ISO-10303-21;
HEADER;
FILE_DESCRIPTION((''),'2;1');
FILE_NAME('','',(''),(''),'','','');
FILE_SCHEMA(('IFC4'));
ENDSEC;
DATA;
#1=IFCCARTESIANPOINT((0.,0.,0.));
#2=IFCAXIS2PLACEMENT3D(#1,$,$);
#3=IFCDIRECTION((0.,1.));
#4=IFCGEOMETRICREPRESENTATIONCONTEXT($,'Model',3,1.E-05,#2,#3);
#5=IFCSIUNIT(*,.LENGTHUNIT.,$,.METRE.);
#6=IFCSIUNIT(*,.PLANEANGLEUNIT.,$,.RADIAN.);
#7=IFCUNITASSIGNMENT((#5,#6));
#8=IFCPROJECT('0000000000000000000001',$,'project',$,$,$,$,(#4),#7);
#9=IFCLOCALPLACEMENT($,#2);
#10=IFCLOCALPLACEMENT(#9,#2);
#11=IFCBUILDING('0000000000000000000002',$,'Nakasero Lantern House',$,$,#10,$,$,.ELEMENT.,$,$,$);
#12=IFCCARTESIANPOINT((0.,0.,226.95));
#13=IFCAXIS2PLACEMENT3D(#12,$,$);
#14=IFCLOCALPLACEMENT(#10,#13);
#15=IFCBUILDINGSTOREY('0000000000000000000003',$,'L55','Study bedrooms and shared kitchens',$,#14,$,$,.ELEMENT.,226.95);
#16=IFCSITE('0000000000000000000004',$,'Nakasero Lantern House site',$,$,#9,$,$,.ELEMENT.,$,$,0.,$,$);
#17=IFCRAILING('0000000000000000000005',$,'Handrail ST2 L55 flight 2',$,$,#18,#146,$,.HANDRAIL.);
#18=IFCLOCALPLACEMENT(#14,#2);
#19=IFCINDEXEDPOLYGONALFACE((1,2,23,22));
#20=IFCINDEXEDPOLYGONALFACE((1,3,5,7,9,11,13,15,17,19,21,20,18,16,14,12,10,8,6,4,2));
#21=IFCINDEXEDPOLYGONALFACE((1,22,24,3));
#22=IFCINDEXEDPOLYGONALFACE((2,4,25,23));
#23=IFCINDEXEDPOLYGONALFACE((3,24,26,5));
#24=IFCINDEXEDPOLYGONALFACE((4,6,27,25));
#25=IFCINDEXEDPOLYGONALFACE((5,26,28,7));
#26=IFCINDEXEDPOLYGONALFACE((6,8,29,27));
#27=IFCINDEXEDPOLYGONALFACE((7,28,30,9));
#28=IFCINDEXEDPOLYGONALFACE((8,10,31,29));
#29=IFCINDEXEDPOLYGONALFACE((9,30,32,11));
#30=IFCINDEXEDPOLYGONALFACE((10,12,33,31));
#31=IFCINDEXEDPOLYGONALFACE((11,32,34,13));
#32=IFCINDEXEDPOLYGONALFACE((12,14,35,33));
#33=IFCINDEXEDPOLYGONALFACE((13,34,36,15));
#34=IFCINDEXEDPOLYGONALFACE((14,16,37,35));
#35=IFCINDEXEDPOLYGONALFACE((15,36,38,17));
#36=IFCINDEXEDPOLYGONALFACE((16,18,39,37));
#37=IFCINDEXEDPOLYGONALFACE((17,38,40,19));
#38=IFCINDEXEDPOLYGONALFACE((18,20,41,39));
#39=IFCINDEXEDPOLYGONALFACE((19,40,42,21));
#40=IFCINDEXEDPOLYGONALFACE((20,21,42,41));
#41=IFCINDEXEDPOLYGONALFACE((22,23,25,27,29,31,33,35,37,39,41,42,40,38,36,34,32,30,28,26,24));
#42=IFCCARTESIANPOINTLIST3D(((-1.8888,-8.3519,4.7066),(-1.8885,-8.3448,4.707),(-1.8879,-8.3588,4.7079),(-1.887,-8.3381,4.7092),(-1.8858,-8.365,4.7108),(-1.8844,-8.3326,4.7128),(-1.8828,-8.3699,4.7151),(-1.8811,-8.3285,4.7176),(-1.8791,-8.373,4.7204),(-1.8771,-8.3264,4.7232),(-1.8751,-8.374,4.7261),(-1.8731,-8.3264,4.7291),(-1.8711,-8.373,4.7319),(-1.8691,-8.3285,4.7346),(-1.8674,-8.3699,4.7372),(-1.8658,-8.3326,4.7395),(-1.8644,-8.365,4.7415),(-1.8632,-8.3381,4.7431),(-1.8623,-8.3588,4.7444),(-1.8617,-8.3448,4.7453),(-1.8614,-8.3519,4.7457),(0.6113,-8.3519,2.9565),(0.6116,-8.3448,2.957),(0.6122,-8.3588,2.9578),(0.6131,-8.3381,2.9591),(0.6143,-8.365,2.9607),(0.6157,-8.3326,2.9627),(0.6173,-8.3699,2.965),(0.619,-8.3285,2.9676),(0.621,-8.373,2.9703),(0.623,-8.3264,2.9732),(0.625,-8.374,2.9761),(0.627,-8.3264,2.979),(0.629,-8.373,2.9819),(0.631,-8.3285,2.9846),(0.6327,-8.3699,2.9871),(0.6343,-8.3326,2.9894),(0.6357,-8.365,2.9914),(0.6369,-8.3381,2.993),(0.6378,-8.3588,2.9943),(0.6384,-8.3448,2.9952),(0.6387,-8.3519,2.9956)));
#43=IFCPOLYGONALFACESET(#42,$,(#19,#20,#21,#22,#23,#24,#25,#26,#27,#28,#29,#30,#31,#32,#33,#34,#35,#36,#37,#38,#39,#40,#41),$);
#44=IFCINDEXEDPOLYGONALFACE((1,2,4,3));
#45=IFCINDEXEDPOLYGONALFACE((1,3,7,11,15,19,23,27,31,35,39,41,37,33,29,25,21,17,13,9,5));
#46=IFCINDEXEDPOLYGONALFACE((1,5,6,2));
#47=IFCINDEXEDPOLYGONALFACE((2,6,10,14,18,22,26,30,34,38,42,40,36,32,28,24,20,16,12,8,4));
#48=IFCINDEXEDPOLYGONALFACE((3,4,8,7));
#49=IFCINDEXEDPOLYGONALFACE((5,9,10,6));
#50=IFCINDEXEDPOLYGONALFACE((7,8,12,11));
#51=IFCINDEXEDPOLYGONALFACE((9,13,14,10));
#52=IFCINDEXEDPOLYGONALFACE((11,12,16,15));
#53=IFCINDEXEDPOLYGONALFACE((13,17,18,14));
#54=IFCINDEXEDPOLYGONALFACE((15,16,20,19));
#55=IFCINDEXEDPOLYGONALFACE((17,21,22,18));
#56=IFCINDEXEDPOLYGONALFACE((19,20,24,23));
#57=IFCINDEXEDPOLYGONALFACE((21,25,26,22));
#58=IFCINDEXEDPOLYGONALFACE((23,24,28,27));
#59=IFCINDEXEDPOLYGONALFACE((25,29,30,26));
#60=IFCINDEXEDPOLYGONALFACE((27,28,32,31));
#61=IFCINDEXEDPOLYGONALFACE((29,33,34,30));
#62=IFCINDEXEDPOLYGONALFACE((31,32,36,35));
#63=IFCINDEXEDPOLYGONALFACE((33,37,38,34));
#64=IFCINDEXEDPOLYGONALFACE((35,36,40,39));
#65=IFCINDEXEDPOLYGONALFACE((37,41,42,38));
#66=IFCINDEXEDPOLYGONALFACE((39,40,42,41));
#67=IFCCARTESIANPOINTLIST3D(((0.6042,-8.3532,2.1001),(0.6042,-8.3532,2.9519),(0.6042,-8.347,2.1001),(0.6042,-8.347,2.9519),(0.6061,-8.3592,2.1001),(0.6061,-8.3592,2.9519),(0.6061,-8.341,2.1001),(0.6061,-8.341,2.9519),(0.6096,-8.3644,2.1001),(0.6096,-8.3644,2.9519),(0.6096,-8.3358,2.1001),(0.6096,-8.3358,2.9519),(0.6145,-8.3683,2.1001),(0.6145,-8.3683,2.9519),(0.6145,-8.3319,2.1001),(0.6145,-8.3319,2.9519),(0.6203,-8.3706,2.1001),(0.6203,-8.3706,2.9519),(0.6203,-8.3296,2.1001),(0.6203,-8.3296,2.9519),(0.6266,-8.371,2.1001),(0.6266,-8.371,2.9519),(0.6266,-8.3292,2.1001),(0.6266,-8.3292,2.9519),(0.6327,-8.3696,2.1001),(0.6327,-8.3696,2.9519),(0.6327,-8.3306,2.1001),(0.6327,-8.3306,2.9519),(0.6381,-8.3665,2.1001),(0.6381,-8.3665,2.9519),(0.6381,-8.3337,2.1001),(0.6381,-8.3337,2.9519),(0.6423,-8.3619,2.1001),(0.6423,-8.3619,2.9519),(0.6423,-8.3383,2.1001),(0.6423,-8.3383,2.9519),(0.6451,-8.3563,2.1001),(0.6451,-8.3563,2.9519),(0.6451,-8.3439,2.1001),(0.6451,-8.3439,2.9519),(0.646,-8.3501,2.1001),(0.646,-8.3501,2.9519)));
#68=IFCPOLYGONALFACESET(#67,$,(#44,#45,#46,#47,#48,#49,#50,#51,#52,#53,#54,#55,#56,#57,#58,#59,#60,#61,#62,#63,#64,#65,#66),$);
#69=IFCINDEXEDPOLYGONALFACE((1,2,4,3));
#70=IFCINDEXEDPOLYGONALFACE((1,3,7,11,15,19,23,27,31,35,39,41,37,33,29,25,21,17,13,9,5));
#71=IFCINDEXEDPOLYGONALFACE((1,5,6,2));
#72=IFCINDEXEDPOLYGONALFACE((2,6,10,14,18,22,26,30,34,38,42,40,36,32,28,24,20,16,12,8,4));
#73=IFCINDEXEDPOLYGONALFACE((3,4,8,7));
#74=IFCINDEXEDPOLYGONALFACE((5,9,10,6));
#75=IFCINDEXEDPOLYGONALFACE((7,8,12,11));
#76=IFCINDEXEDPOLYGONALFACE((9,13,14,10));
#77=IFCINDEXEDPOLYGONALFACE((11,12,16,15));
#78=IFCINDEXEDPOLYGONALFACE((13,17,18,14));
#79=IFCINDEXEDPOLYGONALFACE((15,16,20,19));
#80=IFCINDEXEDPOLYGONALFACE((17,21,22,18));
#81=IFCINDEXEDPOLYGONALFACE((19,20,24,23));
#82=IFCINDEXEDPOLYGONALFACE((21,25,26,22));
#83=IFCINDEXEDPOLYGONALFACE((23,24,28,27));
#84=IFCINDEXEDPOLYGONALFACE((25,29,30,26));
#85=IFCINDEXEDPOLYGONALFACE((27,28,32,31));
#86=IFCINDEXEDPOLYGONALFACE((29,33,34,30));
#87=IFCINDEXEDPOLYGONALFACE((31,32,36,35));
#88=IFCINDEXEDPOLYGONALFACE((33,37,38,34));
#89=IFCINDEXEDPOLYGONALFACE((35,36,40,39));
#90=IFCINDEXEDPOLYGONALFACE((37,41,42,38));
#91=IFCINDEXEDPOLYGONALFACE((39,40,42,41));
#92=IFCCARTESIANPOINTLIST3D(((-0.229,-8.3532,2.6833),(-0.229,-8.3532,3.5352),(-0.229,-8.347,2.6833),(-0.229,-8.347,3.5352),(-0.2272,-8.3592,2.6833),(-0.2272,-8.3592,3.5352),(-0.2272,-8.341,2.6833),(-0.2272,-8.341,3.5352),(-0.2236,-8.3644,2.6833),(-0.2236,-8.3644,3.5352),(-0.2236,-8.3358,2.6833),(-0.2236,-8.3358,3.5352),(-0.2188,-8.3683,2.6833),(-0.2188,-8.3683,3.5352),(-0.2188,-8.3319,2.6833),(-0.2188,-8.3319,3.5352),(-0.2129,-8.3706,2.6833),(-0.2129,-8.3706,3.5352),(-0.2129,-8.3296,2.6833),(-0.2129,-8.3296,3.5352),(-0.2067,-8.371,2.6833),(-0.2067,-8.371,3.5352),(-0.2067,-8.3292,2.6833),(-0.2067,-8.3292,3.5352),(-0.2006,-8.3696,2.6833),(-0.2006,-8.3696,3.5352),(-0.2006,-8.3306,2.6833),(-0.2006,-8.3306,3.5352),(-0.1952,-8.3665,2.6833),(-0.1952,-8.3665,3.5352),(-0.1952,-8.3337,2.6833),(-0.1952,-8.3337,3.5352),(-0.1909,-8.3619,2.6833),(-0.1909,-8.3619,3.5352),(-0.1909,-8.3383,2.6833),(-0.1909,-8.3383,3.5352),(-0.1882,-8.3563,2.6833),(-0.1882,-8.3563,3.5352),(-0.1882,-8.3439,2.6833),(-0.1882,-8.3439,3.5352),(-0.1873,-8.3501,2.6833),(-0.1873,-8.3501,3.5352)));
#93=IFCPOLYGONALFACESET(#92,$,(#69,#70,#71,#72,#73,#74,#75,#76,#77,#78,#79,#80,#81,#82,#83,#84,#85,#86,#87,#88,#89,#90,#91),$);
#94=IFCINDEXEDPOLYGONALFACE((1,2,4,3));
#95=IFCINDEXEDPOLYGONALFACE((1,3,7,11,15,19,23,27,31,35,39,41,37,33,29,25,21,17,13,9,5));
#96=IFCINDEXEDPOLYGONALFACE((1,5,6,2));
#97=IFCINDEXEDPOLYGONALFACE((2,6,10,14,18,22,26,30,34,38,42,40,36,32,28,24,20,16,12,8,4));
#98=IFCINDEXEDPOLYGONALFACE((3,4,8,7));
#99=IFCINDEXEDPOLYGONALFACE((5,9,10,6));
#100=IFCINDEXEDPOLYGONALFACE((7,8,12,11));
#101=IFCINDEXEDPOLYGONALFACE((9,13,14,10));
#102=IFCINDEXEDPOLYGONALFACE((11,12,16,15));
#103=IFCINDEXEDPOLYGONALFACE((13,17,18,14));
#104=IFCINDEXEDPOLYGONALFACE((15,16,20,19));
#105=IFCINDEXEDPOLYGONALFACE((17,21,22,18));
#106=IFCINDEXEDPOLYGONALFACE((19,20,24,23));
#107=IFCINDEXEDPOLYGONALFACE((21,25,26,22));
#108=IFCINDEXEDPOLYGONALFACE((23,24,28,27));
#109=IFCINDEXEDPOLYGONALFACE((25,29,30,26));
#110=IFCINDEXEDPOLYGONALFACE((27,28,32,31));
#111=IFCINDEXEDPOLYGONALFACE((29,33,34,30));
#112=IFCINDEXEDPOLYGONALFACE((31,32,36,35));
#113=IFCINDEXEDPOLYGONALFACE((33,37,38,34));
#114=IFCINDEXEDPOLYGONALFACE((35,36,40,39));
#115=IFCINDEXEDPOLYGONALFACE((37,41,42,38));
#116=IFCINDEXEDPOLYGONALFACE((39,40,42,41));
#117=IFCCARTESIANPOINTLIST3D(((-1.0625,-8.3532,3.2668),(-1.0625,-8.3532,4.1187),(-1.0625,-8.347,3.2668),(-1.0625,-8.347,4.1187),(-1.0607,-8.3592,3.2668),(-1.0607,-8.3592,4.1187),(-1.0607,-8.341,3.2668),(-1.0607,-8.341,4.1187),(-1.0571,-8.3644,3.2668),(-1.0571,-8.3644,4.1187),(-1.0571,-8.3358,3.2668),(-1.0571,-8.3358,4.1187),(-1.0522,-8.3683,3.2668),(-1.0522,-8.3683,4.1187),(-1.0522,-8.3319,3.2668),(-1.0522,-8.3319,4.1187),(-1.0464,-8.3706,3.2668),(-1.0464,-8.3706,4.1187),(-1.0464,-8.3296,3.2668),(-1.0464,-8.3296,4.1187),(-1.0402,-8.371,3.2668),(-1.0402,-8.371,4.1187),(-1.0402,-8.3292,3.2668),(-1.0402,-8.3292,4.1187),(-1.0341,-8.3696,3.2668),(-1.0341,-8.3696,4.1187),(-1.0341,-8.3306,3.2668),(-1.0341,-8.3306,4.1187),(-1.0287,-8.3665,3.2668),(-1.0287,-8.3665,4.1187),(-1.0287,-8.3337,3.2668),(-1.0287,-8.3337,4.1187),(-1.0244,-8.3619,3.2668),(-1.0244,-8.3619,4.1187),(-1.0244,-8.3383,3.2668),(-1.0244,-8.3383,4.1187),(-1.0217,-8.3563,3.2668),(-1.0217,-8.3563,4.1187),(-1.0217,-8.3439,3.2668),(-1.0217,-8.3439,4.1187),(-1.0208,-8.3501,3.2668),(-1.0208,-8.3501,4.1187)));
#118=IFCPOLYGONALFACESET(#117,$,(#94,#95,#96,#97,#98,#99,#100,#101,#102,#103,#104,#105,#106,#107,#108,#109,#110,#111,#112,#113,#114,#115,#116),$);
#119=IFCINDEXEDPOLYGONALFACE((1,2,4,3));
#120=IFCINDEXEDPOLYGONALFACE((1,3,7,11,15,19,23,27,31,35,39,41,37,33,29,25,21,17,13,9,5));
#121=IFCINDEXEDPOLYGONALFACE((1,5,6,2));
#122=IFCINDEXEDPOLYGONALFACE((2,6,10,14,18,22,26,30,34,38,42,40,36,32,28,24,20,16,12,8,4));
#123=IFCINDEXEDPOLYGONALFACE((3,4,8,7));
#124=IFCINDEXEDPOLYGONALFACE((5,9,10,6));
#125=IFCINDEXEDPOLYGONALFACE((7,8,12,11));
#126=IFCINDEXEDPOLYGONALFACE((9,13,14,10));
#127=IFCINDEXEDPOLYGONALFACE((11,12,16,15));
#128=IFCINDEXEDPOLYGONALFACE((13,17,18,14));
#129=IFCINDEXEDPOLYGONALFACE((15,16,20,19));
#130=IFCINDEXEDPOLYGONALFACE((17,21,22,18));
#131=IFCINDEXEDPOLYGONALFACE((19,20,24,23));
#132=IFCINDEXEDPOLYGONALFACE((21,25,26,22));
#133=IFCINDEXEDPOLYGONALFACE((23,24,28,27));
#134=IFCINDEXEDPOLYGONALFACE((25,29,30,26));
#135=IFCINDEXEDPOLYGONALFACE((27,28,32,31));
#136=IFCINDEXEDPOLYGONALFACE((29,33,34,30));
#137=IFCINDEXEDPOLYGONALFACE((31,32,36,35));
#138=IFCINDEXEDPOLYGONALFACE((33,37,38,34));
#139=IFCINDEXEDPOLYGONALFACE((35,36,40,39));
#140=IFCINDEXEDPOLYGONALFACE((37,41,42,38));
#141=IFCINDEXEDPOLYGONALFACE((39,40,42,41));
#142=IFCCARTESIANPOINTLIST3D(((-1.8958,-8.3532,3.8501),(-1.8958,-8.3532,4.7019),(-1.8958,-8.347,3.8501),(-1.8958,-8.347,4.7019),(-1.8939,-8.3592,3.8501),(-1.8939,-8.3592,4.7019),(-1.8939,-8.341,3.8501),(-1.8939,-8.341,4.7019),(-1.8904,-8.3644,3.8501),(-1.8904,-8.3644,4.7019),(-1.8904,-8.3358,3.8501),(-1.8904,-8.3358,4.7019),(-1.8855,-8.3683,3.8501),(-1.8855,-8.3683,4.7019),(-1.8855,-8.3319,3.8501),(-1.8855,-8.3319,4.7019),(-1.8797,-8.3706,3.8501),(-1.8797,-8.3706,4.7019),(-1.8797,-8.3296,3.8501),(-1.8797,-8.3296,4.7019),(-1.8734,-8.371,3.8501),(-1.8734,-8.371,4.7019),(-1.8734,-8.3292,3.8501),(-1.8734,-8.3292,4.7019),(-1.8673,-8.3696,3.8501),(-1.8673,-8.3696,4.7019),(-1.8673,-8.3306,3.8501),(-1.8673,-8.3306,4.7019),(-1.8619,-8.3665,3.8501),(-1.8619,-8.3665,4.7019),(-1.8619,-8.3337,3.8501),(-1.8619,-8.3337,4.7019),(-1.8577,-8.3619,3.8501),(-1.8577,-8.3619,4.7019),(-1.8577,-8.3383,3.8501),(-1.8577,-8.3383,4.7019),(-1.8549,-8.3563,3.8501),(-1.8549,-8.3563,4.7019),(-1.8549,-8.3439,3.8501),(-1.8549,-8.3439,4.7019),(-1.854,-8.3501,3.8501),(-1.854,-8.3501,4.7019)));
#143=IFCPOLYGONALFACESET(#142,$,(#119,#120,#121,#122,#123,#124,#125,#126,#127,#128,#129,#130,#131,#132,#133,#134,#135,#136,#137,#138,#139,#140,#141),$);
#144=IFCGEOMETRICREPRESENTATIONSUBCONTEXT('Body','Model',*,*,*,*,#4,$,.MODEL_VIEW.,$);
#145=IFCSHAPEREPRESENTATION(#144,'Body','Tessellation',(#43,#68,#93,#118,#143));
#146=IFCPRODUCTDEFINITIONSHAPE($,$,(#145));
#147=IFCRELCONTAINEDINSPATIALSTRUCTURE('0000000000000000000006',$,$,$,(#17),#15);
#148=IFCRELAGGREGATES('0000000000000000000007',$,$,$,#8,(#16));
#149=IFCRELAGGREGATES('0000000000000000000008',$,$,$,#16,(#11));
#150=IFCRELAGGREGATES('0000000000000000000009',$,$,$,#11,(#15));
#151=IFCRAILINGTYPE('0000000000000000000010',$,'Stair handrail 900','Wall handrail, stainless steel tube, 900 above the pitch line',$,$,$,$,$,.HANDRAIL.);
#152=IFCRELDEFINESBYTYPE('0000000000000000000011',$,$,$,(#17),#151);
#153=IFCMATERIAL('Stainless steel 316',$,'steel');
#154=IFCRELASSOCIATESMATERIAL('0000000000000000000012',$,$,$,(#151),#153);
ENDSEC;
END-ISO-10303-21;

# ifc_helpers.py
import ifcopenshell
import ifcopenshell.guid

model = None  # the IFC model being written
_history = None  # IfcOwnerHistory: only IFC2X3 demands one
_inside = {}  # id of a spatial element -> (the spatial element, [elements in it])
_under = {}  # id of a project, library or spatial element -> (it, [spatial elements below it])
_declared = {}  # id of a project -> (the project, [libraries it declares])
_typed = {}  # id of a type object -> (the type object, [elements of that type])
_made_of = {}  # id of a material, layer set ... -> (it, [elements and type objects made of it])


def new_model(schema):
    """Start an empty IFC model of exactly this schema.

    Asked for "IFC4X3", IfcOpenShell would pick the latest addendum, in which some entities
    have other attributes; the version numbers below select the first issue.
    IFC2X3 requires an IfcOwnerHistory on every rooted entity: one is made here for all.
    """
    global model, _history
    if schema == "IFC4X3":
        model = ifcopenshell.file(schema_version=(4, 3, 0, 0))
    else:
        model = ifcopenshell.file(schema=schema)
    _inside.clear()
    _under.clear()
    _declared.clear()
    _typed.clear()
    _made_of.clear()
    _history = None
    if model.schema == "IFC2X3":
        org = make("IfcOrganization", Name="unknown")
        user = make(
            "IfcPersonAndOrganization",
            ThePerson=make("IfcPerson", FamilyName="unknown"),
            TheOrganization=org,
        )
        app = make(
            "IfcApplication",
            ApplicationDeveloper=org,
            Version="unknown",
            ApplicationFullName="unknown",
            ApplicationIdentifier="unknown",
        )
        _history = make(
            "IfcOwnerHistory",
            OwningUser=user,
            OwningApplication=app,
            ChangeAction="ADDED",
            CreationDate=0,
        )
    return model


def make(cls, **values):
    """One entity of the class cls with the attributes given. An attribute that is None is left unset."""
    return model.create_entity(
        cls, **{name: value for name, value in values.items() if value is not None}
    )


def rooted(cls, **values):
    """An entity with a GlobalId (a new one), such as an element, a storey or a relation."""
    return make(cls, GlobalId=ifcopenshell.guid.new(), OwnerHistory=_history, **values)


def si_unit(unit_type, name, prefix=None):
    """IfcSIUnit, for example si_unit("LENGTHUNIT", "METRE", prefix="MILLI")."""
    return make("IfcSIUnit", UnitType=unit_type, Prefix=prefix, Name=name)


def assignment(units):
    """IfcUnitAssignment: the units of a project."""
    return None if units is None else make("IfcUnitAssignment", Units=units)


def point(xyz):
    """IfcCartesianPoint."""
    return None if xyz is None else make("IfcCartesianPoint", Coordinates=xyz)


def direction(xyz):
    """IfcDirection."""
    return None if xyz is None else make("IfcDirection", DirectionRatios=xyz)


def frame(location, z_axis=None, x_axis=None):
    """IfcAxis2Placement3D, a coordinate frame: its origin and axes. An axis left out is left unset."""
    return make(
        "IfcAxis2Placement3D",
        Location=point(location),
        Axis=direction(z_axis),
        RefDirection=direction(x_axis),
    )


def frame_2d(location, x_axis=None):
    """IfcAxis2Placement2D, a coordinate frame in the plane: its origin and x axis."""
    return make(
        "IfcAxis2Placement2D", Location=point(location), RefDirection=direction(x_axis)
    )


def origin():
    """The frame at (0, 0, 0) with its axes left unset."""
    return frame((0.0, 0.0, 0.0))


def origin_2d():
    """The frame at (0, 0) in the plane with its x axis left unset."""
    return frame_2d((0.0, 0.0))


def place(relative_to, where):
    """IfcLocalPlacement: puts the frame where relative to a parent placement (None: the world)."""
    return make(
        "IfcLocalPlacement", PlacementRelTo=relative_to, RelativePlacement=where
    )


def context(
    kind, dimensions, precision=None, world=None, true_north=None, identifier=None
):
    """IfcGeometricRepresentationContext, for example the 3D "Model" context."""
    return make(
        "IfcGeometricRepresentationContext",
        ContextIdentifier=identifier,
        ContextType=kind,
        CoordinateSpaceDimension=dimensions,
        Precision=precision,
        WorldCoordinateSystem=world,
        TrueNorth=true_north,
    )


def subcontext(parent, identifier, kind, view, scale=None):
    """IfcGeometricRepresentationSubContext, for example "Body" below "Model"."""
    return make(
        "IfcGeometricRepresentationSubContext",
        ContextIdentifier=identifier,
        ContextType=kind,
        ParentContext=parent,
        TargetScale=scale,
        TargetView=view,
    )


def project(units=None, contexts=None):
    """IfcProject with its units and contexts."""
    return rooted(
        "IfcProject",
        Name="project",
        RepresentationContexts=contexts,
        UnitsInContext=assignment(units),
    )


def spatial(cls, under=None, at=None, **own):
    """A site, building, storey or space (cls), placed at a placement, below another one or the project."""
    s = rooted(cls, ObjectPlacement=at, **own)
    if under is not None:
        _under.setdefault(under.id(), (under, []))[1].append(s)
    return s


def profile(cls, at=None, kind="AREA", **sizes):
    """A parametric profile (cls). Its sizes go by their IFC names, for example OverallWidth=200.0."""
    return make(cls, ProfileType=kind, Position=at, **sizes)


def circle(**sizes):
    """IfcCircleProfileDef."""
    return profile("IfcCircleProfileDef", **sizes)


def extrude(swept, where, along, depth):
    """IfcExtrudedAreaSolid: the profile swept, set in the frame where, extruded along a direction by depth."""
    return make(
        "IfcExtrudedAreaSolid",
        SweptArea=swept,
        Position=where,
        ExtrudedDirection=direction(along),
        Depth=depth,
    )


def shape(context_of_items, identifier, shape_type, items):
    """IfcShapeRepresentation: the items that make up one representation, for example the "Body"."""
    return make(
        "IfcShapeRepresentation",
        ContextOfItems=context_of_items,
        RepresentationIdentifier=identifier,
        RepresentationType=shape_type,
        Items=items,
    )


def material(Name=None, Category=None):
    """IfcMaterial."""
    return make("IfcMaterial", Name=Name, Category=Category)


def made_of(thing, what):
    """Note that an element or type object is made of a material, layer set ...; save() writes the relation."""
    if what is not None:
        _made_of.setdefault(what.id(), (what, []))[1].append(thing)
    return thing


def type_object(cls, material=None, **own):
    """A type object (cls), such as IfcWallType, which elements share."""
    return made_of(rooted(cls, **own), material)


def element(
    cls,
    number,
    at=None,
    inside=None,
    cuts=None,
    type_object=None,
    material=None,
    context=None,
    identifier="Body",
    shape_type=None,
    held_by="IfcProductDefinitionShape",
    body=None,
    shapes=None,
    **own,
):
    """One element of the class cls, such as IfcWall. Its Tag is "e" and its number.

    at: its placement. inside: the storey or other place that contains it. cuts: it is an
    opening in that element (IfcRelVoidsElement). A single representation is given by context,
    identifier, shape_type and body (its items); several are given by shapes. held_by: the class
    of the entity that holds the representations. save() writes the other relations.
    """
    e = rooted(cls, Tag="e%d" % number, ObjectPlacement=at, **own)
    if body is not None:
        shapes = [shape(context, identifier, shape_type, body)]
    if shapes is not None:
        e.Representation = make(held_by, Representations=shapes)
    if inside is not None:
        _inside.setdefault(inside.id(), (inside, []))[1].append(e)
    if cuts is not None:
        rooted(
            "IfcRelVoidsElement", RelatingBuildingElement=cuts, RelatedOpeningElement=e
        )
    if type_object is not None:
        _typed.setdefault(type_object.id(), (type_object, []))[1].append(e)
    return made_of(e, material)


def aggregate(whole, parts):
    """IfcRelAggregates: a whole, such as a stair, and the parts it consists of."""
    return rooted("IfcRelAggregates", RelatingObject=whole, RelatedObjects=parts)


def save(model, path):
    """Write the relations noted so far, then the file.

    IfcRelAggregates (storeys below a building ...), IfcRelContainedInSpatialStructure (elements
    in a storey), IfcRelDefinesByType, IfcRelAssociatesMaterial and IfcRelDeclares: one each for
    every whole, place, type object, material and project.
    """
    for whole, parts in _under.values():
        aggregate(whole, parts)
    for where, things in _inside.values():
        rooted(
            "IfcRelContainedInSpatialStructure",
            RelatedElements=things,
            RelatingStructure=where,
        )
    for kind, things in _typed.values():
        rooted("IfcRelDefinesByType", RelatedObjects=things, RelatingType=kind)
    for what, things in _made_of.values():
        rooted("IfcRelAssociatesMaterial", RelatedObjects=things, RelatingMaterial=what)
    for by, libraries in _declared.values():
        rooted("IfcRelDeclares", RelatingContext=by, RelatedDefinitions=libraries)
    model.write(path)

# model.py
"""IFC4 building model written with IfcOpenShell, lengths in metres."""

from ifc_helpers import new_model, si_unit, direction, frame, origin, origin_2d, place, context, subcontext, project, spatial, circle, extrude, material, type_object, element, save


model = new_model("IFC4")

# Units and contexts
model_context = context("Model", 3, precision=1e-05, world=origin(), true_north=direction((0.0, 1.0)))
body_context = subcontext(model_context, "Body", "Model", "MODEL_VIEW")
ifc_project = project(units=[si_unit("LENGTHUNIT", "METRE"), si_unit("PLANEANGLEUNIT", "RADIAN")], contexts=[model_context])

# Site, building, storey
site_placement = place(None, origin())
site = spatial("IfcSite", under=ifc_project, at=site_placement, Name="Nakasero Lantern House site", CompositionType="ELEMENT", RefElevation=0.0)
building_placement = place(site_placement, origin())
building = spatial("IfcBuilding", under=site, at=building_placement, Name="Nakasero Lantern House", CompositionType="ELEMENT")
storey_placement = place(building_placement, frame((0.0, 0.0, 226.95)))
storey = spatial("IfcBuildingStorey", under=building, at=storey_placement, Name="L55", Description="Study bedrooms and shared kitchens", CompositionType="ELEMENT", Elevation=226.95)

# Railing
ifc_material_1 = material(Name="Stainless steel 316", Category="steel")
railing_type = type_object("IfcRailingType", Name="Stair handrail 900", Description="Wall handrail, stainless steel tube, 900 above the pitch line", PredefinedType="HANDRAIL", material=ifc_material_1)
railing_placement = place(storey_placement, frame((0.625, -8.3501, 2.1001)))
element("IfcRailing", 1, at=railing_placement, inside=storey, type_object=railing_type, Name="Handrail ST2 L55 flight 2", PredefinedType="HANDRAIL", context=body_context, shape_type="SweptSolid", body=[
    extrude(circle(Radius=0.0239, at=origin_2d()), frame((0.0, 0.0, 0.876), z_axis=(-0.819232, 0.0, 0.573462), x_axis=(0.0, -1.0, 0.0)), (0.0, 0.0, 1.0), 3.0518),
    extrude(circle(Radius=0.021, at=origin_2d()), origin(), (0.0, 0.0, 1.0), 0.8518),
    extrude(circle(Radius=0.021, at=origin_2d()), frame((-0.8333, 0.0, 0.5833)), (0.0, 0.0, 1.0), 0.8518),
    extrude(circle(Radius=0.021, at=origin_2d()), frame((-1.6667, 0.0, 1.1667)), (0.0, 0.0, 1.0), 0.8518),
    extrude(circle(Radius=0.021, at=origin_2d()), frame((-2.5, 0.0, 1.75)), (0.0, 0.0, 1.0), 0.8518),
])

save(model, "model.ifc")
